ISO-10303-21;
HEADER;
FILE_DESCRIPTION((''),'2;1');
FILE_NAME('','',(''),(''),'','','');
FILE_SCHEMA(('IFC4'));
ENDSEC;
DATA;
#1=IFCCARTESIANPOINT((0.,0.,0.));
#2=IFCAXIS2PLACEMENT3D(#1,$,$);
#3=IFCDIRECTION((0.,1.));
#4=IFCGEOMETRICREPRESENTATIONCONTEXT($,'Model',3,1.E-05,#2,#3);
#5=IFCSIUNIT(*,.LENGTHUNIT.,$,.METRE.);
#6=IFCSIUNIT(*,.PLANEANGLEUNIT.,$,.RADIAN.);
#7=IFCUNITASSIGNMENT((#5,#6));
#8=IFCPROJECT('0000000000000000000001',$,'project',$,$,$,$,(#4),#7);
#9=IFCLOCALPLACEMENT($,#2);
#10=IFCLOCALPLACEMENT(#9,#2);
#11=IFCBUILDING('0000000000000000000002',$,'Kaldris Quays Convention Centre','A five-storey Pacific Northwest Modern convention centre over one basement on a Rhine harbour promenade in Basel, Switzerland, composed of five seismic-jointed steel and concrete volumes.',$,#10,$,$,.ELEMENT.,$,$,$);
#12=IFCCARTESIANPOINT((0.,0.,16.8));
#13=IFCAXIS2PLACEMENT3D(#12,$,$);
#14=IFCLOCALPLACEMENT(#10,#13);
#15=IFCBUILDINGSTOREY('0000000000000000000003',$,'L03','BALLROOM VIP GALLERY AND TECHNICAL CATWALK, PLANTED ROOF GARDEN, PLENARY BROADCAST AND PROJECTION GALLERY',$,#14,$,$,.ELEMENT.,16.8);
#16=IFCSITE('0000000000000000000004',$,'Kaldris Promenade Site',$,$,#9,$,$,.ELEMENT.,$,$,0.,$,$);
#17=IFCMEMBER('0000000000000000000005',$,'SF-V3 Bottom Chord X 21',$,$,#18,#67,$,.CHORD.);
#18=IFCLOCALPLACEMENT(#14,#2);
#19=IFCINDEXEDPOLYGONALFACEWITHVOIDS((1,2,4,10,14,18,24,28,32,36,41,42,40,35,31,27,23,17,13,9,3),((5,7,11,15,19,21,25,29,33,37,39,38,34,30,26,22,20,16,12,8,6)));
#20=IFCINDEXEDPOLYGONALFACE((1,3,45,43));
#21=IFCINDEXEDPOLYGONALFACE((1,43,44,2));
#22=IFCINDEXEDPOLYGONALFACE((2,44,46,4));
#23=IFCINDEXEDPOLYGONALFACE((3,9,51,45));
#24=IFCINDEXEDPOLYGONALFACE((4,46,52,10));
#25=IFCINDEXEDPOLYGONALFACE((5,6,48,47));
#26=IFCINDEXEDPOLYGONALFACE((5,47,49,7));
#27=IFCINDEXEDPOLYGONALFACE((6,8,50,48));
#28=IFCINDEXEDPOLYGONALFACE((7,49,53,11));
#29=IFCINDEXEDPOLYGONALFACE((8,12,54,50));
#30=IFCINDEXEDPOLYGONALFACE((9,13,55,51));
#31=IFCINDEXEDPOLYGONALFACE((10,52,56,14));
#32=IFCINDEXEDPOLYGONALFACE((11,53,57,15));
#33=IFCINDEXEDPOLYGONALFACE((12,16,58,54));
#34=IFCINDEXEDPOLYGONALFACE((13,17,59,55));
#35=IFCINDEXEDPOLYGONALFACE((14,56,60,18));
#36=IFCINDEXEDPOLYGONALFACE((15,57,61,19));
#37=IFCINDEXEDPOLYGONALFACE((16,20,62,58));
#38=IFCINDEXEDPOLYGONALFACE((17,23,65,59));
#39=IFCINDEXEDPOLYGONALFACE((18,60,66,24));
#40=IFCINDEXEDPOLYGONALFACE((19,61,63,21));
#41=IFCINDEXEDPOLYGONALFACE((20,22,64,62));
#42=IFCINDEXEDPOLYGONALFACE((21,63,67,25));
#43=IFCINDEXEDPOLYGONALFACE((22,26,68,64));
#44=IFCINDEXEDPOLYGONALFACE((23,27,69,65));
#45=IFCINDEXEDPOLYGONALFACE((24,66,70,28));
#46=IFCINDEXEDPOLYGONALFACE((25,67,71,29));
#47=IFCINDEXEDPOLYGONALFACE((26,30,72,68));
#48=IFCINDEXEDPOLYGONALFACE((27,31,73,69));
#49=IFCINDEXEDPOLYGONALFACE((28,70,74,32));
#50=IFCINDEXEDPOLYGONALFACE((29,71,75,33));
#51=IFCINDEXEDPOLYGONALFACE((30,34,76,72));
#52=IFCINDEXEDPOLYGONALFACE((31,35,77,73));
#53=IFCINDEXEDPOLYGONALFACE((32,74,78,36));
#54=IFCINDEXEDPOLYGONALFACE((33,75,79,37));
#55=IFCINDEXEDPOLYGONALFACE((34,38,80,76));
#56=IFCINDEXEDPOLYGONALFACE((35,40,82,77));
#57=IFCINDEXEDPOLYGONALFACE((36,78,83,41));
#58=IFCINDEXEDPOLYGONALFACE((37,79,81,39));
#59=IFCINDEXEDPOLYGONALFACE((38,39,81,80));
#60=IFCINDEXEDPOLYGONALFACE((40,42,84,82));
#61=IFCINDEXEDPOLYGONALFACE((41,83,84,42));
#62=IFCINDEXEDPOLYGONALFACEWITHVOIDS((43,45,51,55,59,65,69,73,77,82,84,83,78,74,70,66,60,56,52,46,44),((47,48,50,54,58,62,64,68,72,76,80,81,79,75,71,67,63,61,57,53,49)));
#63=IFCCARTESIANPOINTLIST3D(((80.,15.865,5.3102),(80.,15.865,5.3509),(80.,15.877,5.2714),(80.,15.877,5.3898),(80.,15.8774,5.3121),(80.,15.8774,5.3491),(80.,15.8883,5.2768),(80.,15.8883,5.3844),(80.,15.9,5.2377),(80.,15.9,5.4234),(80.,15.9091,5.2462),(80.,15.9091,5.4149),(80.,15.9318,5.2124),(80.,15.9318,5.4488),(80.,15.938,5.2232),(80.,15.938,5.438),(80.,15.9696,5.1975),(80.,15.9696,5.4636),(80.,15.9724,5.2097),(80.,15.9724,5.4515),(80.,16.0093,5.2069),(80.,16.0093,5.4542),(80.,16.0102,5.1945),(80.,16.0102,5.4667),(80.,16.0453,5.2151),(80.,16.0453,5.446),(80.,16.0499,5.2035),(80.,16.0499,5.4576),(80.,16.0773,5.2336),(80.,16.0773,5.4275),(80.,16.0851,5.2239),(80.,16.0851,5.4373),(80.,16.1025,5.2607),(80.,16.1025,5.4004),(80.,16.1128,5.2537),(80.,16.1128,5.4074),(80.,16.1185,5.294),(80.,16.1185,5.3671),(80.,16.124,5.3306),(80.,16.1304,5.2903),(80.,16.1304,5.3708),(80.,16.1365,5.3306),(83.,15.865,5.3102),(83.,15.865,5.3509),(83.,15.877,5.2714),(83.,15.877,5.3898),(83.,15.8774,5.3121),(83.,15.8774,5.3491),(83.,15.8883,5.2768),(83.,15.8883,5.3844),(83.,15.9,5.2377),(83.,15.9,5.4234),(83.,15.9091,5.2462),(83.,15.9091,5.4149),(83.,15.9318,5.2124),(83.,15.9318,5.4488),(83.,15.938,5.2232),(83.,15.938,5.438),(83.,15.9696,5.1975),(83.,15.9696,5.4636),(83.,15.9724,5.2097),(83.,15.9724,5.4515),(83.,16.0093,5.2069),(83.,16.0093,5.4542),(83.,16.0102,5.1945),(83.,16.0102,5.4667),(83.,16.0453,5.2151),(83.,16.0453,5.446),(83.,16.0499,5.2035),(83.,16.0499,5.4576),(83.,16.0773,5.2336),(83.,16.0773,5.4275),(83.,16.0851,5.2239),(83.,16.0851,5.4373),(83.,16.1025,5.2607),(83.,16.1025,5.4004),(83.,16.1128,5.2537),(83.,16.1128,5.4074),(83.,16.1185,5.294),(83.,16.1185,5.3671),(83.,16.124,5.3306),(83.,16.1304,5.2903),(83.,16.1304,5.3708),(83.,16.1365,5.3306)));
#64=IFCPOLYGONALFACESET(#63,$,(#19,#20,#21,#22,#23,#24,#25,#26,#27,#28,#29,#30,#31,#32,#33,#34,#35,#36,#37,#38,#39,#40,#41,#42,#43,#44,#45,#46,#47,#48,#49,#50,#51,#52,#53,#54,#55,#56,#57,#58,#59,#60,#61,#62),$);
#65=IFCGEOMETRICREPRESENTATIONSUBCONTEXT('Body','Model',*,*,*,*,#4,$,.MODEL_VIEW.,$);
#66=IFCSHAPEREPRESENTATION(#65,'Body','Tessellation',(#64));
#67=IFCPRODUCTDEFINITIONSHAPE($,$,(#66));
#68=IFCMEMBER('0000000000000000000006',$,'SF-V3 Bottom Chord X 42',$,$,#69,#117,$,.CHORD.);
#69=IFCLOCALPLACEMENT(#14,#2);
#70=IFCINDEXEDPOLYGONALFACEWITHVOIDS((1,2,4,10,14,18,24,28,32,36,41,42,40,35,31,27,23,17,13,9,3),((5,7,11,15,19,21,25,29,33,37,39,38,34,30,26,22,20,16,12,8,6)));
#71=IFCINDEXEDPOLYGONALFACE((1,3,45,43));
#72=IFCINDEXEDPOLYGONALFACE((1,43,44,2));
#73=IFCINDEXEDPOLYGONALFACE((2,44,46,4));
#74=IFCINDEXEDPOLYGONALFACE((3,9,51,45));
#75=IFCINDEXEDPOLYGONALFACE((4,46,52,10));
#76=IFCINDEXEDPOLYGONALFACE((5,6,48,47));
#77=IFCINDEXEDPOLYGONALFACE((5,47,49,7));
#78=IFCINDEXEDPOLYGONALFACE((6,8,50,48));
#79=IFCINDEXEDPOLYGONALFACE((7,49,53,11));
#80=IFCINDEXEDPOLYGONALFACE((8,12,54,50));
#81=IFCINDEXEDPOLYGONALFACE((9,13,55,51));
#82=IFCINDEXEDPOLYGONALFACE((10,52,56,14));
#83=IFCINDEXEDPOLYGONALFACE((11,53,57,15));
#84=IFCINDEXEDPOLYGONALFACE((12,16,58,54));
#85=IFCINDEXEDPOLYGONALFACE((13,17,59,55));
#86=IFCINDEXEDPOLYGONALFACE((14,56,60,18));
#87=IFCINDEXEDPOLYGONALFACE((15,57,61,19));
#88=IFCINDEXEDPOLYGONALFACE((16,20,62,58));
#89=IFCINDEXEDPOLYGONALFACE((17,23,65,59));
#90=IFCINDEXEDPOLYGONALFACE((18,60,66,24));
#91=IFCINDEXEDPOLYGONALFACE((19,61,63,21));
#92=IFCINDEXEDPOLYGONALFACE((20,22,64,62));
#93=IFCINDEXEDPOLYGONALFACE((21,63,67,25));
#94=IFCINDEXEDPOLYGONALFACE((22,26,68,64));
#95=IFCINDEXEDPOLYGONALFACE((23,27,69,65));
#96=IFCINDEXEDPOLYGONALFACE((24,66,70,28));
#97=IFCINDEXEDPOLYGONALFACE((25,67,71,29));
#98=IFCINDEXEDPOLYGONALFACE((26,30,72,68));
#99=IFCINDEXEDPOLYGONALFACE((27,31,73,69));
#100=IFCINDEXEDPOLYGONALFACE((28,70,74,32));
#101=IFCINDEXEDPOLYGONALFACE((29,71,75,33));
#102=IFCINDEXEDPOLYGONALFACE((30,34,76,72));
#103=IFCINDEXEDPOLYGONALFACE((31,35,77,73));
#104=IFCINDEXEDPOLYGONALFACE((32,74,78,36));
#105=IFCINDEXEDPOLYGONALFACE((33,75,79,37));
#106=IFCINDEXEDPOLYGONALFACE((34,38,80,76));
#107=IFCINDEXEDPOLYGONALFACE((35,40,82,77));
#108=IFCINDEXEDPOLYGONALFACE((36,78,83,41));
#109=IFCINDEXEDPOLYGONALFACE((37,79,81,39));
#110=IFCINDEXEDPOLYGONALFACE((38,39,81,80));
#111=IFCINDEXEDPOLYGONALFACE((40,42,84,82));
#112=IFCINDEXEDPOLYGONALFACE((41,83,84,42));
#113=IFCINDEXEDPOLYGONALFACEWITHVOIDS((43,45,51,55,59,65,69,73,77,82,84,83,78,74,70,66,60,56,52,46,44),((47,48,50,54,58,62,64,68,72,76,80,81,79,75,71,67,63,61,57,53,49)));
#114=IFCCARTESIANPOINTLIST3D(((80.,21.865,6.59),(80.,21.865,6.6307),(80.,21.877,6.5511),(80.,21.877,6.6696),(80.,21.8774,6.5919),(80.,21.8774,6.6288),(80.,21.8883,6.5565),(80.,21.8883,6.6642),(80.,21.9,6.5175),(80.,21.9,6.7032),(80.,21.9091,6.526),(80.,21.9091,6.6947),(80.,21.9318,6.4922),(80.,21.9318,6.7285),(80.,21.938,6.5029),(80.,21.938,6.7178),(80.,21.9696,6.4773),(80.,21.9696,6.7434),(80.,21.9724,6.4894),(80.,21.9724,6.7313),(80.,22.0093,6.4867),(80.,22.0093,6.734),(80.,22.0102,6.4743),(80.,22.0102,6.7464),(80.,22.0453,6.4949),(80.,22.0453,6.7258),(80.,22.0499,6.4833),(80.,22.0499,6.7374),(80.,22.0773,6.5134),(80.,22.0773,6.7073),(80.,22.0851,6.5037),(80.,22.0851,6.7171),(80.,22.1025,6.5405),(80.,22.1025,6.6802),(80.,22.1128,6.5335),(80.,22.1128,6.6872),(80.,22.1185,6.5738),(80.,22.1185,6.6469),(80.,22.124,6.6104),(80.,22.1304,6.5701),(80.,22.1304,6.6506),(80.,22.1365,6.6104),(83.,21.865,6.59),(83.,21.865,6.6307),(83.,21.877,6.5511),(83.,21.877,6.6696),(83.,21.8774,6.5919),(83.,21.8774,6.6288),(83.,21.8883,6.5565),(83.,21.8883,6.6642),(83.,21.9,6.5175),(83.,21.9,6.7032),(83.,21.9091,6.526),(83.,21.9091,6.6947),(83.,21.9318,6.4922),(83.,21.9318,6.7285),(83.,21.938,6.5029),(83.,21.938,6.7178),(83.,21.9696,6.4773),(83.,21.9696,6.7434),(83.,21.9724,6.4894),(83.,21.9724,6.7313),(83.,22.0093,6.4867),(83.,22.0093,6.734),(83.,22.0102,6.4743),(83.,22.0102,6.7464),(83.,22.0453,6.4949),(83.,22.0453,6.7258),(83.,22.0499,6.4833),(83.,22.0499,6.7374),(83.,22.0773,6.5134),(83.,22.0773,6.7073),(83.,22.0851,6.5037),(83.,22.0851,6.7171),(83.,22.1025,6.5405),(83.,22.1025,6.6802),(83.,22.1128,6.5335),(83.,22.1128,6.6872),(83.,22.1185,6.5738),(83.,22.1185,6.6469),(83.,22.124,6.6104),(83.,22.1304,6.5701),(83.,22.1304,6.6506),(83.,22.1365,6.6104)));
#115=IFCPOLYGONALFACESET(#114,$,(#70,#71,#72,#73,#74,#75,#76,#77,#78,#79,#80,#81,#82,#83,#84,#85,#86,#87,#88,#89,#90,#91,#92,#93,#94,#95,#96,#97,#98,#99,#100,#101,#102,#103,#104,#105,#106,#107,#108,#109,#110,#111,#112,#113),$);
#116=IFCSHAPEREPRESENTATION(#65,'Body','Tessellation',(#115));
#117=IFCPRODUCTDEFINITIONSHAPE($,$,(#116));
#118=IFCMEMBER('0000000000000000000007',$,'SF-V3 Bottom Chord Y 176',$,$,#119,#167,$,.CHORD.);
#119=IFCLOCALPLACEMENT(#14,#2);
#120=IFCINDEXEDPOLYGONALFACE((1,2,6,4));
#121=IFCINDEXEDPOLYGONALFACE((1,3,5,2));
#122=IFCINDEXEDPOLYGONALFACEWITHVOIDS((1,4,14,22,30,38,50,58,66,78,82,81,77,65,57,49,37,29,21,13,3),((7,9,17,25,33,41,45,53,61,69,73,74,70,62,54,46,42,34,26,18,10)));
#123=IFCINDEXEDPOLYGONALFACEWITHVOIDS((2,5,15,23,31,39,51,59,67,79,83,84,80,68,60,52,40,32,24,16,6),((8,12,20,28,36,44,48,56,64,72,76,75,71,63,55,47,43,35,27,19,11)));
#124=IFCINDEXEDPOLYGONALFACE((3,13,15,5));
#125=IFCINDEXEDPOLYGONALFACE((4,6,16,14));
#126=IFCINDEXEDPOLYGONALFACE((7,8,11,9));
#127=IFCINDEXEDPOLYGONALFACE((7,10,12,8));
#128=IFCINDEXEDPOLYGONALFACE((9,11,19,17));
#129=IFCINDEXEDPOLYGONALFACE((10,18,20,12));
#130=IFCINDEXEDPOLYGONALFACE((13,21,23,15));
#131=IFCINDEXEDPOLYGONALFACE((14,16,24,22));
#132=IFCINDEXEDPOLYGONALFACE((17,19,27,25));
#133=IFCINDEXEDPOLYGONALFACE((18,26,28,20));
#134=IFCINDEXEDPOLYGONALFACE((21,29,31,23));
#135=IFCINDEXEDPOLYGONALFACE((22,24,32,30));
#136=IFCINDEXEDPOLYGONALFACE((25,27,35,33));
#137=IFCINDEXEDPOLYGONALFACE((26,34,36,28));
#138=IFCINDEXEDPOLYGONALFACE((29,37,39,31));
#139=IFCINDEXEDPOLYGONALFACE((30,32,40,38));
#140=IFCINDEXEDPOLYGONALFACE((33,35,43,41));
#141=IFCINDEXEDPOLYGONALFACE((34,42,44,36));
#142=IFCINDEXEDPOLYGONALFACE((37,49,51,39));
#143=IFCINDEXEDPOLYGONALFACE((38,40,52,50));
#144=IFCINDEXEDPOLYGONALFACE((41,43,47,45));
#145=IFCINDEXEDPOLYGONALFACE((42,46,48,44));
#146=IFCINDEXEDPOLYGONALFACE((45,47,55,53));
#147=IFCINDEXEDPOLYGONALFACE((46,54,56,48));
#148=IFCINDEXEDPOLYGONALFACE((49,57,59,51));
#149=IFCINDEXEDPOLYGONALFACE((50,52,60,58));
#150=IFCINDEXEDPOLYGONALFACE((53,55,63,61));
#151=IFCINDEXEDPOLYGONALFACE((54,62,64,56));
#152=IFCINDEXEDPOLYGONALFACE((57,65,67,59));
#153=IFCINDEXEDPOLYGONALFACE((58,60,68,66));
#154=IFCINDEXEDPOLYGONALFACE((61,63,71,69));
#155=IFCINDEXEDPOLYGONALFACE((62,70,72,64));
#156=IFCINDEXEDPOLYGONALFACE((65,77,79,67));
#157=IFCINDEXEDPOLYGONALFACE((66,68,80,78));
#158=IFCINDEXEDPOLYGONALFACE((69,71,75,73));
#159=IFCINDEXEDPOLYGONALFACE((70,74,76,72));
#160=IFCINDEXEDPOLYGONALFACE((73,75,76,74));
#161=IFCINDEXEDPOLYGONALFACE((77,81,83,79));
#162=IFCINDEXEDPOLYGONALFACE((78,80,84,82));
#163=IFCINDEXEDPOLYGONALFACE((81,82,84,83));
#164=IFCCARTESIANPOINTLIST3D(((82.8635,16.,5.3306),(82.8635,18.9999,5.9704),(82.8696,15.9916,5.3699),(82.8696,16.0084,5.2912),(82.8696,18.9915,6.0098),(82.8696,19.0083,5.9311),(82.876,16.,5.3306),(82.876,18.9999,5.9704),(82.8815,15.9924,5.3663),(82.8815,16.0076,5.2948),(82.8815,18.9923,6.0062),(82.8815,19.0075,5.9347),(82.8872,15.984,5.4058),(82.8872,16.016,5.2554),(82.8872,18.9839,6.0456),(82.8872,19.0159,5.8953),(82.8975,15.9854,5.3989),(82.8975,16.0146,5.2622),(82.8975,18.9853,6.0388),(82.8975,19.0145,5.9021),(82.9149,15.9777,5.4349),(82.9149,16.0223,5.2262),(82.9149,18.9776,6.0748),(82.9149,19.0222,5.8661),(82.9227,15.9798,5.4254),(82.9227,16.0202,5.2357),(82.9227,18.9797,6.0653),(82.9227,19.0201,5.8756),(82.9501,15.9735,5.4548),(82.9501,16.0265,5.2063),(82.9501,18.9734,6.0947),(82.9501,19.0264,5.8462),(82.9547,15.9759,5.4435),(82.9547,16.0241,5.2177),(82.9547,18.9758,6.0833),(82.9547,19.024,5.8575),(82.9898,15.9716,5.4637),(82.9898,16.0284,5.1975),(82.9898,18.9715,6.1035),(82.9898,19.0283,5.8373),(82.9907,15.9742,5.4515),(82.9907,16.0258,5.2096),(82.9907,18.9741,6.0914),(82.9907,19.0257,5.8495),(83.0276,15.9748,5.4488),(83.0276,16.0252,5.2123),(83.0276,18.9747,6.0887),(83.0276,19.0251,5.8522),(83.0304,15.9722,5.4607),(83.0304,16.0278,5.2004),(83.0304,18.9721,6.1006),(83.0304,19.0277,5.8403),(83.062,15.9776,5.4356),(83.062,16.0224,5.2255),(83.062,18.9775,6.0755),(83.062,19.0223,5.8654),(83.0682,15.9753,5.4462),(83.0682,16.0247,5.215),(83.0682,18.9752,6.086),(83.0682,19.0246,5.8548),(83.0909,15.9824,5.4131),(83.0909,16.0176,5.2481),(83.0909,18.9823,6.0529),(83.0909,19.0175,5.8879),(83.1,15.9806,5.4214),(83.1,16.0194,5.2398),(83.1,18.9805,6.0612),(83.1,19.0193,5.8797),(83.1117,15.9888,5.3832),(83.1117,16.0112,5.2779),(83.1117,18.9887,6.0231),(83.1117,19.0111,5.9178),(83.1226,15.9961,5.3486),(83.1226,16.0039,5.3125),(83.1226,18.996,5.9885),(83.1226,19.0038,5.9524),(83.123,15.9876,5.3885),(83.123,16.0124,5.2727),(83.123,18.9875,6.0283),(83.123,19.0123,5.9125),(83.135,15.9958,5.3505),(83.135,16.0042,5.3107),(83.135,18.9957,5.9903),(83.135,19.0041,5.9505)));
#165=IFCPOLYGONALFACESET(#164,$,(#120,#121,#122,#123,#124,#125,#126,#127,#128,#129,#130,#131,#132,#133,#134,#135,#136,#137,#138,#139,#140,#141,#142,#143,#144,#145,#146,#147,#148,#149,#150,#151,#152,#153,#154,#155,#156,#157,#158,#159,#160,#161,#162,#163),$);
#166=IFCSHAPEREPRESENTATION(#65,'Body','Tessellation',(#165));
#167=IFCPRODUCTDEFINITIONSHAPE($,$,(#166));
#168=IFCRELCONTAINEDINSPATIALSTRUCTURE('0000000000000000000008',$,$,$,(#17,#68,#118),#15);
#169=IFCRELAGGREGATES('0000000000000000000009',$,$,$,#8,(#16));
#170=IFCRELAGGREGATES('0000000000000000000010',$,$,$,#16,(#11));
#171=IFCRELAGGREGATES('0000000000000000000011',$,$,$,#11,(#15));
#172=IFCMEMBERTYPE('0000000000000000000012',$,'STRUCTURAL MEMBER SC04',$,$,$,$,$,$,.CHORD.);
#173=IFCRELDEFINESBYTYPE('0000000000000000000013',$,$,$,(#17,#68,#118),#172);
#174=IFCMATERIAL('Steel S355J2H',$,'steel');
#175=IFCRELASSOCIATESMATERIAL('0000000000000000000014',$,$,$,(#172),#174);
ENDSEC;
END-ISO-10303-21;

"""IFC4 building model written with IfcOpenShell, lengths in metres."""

from ifc_helpers import new_model, si_unit, direction, frame, origin, origin_2d, place, context, subcontext, project, spatial, hollow_circle, extrude, material, material_profile, profile_set, type_object, element, save


model = new_model("IFC4")

# Units and contexts
model_context = context("Model", 3, precision=1e-05, world=origin(), true_north=direction((0.0, 1.0)))
body_context = subcontext(model_context, "Body", "Model", "MODEL_VIEW")
ifc_project = project(units=[si_unit("LENGTHUNIT", "METRE"), si_unit("PLANEANGLEUNIT", "RADIAN")], contexts=[model_context])

# Site, building, storey
site_placement = place(None, origin())
site = spatial("IfcSite", under=ifc_project, at=site_placement, Name="Kaldris Promenade Site", CompositionType="ELEMENT", RefElevation=0.0)
building_placement = place(site_placement, origin())
building = spatial("IfcBuilding", under=site, at=building_placement, Name="Kaldris Quays Convention Centre", Description="A five-storey Pacific Northwest Modern convention centre over one basement on a Rhine harbour promenade in Basel, Switzerland, composed of five seismic-jointed steel and concrete volumes.", CompositionType="ELEMENT")
storey_placement = place(building_placement, frame((0.0, 0.0, 16.8)))
storey = spatial("IfcBuildingStorey", under=building, at=storey_placement, Name="L03", Description="BALLROOM VIP GALLERY AND TECHNICAL CATWALK, PLANTED ROOF GARDEN, PLENARY BROADCAST AND PROJECTION GALLERY", CompositionType="ELEMENT", Elevation=16.8)

# Members
ifc_material_1 = material(Name="Steel S355J2H", Category="steel")
ifc_material_profile_1 = material_profile(ifc_material_1, hollow_circle(Radius=0.1365, WallThickness=0.0125, at=origin_2d()), Name="CHS 273x12.5")
ifc_profile_set_1 = profile_set([ifc_material_profile_1], Name="Steel S355J2H")
member_type_1 = type_object("IfcMemberType", Name="STRUCTURAL MEMBER SC04", PredefinedType="CHORD", material=ifc_profile_set_1)
for number, where, z_axis, x_axis, name in (
    (1, (80.0, 16.0, 5.3306), (1.0, 0.0, 0.0), (0.0, 1.0, 0.0), "SF-V3 Bottom Chord X 21"),
    (2, (80.0, 22.0, 6.6104), (1.0, 0.0, 0.0), (0.0, 1.0, 0.0), "SF-V3 Bottom Chord X 42"),
):
    element("IfcMember", number, at=place(storey_placement, frame(where, z_axis=z_axis, x_axis=x_axis)), inside=storey, type_object=member_type_1, Name=name, PredefinedType="CHORD", context=body_context, shape_type="SweptSolid", body=[
        extrude(hollow_circle(Radius=0.1365, WallThickness=0.0125, at=origin_2d()), origin(), (0.0, 0.0, 1.0), 3.0),
    ])
for number, where, z_axis, x_axis, name in (
    (3, (83.0, 16.0, 5.3306), (0.0, 0.978, 0.208605), (-1.0, 0.0, 0.0), "SF-V3 Bottom Chord Y 176"),
):
    element("IfcMember", number, at=place(storey_placement, frame(where, z_axis=z_axis, x_axis=x_axis)), inside=storey, type_object=member_type_1, Name=name, PredefinedType="CHORD", context=body_context, shape_type="SweptSolid", body=[
        extrude(hollow_circle(Radius=0.1365, WallThickness=0.0125, at=origin_2d()), origin(), (0.0, 0.0, 1.0), 3.0674),
    ])

save(model, "model.ifc")
